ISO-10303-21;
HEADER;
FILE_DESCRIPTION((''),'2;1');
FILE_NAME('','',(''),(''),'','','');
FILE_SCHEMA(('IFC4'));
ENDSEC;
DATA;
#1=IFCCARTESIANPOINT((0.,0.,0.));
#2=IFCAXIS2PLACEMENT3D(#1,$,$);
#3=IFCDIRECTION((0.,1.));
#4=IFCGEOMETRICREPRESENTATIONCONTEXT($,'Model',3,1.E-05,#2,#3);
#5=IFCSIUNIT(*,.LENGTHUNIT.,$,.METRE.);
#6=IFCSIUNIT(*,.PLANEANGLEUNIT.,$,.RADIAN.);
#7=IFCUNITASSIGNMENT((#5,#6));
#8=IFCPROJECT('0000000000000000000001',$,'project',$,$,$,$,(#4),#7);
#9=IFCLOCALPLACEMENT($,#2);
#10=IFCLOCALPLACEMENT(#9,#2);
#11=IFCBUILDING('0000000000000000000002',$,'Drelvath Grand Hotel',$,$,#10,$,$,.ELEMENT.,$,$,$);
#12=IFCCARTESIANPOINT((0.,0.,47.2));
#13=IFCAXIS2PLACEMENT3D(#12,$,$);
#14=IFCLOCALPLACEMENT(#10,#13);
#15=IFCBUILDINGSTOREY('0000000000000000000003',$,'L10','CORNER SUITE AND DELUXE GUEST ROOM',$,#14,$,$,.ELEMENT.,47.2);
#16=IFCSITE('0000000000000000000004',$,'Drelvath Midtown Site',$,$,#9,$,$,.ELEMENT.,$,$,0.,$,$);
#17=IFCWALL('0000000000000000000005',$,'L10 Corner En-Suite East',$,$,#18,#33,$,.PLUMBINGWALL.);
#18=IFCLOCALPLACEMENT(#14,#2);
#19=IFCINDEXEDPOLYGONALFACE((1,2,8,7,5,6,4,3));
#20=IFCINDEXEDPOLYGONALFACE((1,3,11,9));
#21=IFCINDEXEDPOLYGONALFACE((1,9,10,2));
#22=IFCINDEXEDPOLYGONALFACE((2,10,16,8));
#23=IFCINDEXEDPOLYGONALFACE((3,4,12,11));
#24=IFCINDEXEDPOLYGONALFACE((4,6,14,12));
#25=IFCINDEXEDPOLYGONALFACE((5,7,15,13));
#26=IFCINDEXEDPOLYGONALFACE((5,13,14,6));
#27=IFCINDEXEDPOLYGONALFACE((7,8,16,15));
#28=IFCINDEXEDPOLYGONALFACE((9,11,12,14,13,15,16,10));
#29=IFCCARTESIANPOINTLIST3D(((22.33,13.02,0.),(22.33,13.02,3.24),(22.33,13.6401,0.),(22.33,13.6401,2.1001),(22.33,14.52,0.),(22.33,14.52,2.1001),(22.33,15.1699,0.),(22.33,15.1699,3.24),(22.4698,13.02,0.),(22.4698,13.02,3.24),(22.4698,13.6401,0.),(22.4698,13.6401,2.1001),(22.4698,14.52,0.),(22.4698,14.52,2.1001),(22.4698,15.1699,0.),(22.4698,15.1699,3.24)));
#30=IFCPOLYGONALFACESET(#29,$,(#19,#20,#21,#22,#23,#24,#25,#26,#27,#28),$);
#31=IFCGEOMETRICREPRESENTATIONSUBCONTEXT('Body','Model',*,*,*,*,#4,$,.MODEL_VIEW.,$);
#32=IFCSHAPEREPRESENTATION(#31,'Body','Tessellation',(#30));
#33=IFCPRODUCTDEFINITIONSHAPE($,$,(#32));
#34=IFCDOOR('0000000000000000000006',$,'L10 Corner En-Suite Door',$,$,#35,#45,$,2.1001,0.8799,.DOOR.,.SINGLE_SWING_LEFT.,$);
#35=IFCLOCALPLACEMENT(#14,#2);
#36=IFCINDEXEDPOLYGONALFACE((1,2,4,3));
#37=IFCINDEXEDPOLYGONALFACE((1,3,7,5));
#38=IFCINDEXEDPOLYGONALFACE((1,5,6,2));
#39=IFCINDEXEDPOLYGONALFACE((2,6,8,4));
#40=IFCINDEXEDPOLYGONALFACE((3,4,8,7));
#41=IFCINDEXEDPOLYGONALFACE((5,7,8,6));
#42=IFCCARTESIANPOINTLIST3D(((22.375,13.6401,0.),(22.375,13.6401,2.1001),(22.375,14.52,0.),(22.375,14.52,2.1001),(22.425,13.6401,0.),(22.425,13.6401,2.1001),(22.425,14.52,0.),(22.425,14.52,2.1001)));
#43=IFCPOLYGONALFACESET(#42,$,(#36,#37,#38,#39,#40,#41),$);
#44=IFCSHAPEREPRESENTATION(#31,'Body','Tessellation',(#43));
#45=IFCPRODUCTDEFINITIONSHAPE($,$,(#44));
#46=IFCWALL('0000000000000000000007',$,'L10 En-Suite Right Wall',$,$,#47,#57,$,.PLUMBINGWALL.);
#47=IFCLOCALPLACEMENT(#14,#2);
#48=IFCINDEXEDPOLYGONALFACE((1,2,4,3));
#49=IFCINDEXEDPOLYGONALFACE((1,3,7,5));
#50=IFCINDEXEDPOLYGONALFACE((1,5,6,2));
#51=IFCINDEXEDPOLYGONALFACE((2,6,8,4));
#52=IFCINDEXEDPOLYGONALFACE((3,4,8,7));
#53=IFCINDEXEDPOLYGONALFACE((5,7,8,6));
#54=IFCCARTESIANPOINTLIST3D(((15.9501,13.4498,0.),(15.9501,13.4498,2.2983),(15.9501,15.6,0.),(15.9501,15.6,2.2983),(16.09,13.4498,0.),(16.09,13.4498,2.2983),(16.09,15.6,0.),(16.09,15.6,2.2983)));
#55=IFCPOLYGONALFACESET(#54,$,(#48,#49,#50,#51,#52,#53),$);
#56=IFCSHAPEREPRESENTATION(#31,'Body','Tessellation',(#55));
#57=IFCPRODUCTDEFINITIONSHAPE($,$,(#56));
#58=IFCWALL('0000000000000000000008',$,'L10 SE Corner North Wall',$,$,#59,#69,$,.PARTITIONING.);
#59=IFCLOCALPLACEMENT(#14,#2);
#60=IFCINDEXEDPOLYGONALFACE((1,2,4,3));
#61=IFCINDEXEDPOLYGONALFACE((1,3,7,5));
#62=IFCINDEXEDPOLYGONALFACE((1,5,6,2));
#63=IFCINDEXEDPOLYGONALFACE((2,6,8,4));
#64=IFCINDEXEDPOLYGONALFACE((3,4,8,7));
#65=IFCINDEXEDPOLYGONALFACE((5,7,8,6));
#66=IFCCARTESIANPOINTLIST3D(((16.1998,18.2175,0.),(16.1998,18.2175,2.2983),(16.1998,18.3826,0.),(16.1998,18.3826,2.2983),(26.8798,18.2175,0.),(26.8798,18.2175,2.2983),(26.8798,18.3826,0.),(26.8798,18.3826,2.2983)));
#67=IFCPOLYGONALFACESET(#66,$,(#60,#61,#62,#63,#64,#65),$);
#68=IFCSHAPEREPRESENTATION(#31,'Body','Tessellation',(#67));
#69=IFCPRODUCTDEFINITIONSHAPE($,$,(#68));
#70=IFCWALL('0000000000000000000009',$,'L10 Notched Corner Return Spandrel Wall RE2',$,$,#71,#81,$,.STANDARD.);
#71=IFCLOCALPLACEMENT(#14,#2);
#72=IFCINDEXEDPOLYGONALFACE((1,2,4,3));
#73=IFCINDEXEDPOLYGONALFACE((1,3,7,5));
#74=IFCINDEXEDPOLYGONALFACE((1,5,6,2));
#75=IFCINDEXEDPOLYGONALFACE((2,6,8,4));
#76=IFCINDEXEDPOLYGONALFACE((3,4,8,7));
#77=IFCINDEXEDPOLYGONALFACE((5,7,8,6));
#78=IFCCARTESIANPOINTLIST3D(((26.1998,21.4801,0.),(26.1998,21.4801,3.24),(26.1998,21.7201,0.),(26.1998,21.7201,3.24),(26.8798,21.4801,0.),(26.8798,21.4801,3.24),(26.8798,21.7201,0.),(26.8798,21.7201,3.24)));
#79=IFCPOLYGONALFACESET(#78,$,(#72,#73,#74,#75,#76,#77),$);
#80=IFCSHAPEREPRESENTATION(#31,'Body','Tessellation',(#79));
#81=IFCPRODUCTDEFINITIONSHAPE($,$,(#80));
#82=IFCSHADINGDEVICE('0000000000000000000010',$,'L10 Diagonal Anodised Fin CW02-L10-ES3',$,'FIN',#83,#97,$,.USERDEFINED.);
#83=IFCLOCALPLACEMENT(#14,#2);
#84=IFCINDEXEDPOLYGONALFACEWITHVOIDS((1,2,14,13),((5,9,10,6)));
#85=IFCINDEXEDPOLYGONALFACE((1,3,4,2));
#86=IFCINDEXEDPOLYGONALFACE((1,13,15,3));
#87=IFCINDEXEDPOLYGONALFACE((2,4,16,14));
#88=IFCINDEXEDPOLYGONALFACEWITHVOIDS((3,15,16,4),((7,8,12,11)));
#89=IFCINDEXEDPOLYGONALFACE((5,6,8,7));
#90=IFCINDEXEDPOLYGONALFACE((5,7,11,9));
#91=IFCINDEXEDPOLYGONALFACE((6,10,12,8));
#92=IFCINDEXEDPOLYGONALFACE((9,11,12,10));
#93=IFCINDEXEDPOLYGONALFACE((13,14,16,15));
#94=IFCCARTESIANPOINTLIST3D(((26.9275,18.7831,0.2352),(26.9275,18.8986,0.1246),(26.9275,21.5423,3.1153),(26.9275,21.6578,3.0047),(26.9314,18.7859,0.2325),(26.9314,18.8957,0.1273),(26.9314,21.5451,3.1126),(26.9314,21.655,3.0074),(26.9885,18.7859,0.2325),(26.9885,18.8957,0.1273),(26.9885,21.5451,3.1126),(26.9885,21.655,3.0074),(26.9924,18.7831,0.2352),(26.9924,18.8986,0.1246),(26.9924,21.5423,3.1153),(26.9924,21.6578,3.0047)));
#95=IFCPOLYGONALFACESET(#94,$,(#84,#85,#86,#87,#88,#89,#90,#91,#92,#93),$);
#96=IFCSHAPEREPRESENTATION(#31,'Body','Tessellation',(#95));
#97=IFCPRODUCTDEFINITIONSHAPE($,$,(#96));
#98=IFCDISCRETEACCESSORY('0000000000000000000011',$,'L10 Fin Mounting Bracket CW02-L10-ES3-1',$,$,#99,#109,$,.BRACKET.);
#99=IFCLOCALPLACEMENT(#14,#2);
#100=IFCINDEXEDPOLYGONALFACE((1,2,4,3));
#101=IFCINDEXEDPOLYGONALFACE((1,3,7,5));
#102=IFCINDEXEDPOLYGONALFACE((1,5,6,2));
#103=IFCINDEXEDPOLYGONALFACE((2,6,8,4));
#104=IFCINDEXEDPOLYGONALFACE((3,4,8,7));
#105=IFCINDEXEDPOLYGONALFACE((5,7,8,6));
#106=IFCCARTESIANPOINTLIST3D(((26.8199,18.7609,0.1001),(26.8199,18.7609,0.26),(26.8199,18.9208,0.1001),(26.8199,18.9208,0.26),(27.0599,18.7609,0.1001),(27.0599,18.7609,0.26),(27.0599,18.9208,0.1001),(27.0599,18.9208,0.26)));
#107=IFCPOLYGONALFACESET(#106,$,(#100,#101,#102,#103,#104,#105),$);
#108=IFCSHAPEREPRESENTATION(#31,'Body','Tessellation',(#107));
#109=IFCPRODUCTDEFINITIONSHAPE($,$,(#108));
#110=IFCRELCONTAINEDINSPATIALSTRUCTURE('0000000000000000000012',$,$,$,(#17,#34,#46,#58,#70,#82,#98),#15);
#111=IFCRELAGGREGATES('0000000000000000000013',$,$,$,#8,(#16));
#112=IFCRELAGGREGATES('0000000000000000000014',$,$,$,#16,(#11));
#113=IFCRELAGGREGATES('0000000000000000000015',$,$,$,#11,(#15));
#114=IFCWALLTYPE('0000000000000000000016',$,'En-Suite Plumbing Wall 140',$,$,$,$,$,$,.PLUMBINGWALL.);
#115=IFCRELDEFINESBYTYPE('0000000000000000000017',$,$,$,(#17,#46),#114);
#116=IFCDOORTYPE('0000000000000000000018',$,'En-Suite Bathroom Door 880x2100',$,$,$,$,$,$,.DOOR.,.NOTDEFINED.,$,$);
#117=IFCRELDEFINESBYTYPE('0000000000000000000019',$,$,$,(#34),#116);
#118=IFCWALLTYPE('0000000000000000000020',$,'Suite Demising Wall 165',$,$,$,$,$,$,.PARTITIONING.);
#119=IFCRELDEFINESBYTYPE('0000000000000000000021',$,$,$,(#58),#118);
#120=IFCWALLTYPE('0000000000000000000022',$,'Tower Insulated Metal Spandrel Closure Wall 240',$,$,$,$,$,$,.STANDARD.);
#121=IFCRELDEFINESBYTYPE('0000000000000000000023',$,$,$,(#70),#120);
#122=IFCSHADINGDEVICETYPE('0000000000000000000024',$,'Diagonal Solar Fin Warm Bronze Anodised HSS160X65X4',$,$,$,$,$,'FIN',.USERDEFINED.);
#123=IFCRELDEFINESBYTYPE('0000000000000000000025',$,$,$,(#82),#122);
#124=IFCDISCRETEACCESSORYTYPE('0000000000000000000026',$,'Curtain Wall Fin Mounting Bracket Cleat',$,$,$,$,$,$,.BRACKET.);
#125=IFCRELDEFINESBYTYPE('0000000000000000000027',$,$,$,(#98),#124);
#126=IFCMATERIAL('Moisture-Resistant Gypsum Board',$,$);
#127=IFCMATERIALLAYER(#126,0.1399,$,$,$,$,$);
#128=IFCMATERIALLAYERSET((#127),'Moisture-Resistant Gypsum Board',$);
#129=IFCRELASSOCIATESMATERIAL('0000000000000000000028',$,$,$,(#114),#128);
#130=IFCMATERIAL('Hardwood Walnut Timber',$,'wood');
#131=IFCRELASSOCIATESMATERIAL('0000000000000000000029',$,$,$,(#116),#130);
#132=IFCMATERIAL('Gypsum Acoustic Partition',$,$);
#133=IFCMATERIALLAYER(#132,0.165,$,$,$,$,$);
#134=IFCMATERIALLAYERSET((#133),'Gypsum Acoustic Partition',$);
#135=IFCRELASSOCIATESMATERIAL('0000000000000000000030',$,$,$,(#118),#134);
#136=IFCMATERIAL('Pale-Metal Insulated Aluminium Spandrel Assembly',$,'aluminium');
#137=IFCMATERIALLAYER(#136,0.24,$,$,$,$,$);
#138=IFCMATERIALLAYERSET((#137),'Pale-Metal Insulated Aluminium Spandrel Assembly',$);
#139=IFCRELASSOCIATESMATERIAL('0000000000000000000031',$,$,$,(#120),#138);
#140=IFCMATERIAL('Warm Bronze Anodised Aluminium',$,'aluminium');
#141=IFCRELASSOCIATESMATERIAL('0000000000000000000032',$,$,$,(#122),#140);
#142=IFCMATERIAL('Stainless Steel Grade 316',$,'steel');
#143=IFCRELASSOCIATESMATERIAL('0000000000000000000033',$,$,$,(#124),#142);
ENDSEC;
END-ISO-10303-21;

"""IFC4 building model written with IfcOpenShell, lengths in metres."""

from ifc_helpers import new_model, si_unit, direction, frame, frame_2d, origin, origin_2d, place, context, subcontext, project, spatial, rectangle, hollow_rectangle, extrude, material, layer, layer_set, material_profile, profile_set, type_object, element, fill, save


model = new_model("IFC4")

# Units and contexts
model_context = context("Model", 3, precision=1e-05, world=origin(), true_north=direction((0.0, 1.0)))
body_context = subcontext(model_context, "Body", "Model", "MODEL_VIEW")
ifc_project = project(units=[si_unit("LENGTHUNIT", "METRE"), si_unit("PLANEANGLEUNIT", "RADIAN")], contexts=[model_context])

# Site, building, storey
site_placement = place(None, origin())
site = spatial("IfcSite", under=ifc_project, at=site_placement, Name="Drelvath Midtown Site", CompositionType="ELEMENT", RefElevation=0.0)
building_placement = place(site_placement, origin())
building = spatial("IfcBuilding", under=site, at=building_placement, Name="Drelvath Grand Hotel", CompositionType="ELEMENT")
storey_placement = place(building_placement, frame((0.0, 0.0, 47.2)))
storey = spatial("IfcBuildingStorey", under=building, at=storey_placement, Name="L10", Description="CORNER SUITE AND DELUXE GUEST ROOM", CompositionType="ELEMENT", Elevation=47.2)

# Shared definitions
ifc_material_1 = material(Name="Hardwood Walnut Timber", Category="wood")

# Shared definitions
ifc_material_2 = material(Name="Moisture-Resistant Gypsum Board")
ifc_layer_1 = layer(ifc_material_2, 0.1399)
ifc_layer_set_1 = layer_set([ifc_layer_1], Name="Moisture-Resistant Gypsum Board")
wall_type_1 = type_object("IfcWallType", Name="En-Suite Plumbing Wall 140", PredefinedType="PLUMBINGWALL", material=ifc_layer_set_1)

# Wall, opening, door
wall_1_placement = place(storey_placement, frame((22.3999, 13.02, 0.0), z_axis=(0.0, 0.0, 1.0), x_axis=(0.0, 1.0, 0.0)))
wall_1 = element("IfcWall", 1, at=wall_1_placement, inside=storey, type_object=wall_type_1, Name="L10 Corner En-Suite East", PredefinedType="PLUMBINGWALL", context=body_context, shape_type="SweptSolid", body=[
    extrude(rectangle(XDim=2.1499, YDim=0.1399, at=frame_2d((1.075, 0.0))), origin(), (0.0, 0.0, 1.0), 3.24),
])
opening_1_placement = place(wall_1_placement, frame((0.6201, 0.0, 0.0)))
opening_1 = element("IfcOpeningElement", 2, at=opening_1_placement, cuts=wall_1, PredefinedType="OPENING", context=body_context, shape_type="SweptSolid", body=[
    extrude(rectangle(XDim=0.8799, YDim=2.1001, at=frame_2d((0.4399, 1.05))), frame((0.0, 0.0798, 0.0), z_axis=(0.0, -1.0, 0.0), x_axis=(1.0, 0.0, 0.0)), (0.0, 0.0, 1.0), 0.1599),
])
door_type_1 = type_object("IfcDoorType", Name="En-Suite Bathroom Door 880x2100", OperationType="NOTDEFINED", PredefinedType="DOOR", material=ifc_material_1)
door_1_placement = place(opening_1_placement, origin())
door_1 = element("IfcDoor", 3, at=door_1_placement, inside=storey, type_object=door_type_1, Name="L10 Corner En-Suite Door", OperationType="SINGLE_SWING_LEFT", OverallHeight=2.1001, OverallWidth=0.8799, PredefinedType="DOOR", context=body_context, shape_type="SweptSolid", body=[
    extrude(rectangle(XDim=0.8799, YDim=2.1001, at=frame_2d((0.4399, 1.05))), frame((0.0, 0.0249, 0.0), z_axis=(0.0, -1.0, 0.0), x_axis=(1.0, 0.0, 0.0)), (0.0, 0.0, 1.0), 0.05),
])
fill(opening_1, door_1)

# Walls
wall_2_placement = place(storey_placement, frame((16.02, 15.6001, 0.0), z_axis=(0.0, 0.0, 1.0), x_axis=(0.0, -1.0, 0.0)))
element("IfcWall", 4, at=wall_2_placement, inside=storey, type_object=wall_type_1, Name="L10 En-Suite Right Wall", PredefinedType="PLUMBINGWALL", context=body_context, shape_type="SweptSolid", body=[
    extrude(rectangle(XDim=2.1501, YDim=0.1399, at=frame_2d((1.0752, 0.0))), origin(), (0.0, 0.0, 1.0), 2.2983),
])
ifc_material_3 = material(Name="Gypsum Acoustic Partition")
ifc_layer_2 = layer(ifc_material_3, 0.165)
ifc_layer_set_2 = layer_set([ifc_layer_2], Name="Gypsum Acoustic Partition")
wall_type_2 = type_object("IfcWallType", Name="Suite Demising Wall 165", PredefinedType="PARTITIONING", material=ifc_layer_set_2)
wall_3_placement = place(storey_placement, frame((16.2, 18.3, 0.0), z_axis=(0.0, 0.0, 1.0), x_axis=(1.0, 0.0, 0.0)))
element("IfcWall", 5, at=wall_3_placement, inside=storey, type_object=wall_type_2, Name="L10 SE Corner North Wall", PredefinedType="PARTITIONING", context=body_context, shape_type="SweptSolid", body=[
    extrude(rectangle(XDim=10.6799, YDim=0.165, at=frame_2d((5.3398, 0.0))), origin(), (0.0, 0.0, 1.0), 2.2983),
])
ifc_material_4 = material(Name="Pale-Metal Insulated Aluminium Spandrel Assembly", Category="aluminium")
ifc_layer_3 = layer(ifc_material_4, 0.24)
ifc_layer_set_3 = layer_set([ifc_layer_3], Name="Pale-Metal Insulated Aluminium Spandrel Assembly")
wall_type_3 = type_object("IfcWallType", Name="Tower Insulated Metal Spandrel Closure Wall 240", PredefinedType="STANDARD", material=ifc_layer_set_3)
wall_4_placement = place(storey_placement, frame((26.2, 21.6001, 0.0), z_axis=(0.0, 0.0, 1.0), x_axis=(1.0, 0.0, 0.0)))
element("IfcWall", 6, at=wall_4_placement, inside=storey, type_object=wall_type_3, Name="L10 Notched Corner Return Spandrel Wall RE2", PredefinedType="STANDARD", context=body_context, shape_type="SweptSolid", body=[
    extrude(rectangle(XDim=0.6799, YDim=0.24, at=frame_2d((0.3398, 0.0))), origin(), (0.0, 0.0, 1.0), 3.24),
])

# Shading device
ifc_material_5 = material(Name="Warm Bronze Anodised Aluminium", Category="aluminium")
ifc_material_profile_1 = material_profile(ifc_material_5, hollow_rectangle(XDim=0.0649, YDim=0.1599, WallThickness=0.0039, at=origin_2d()), Name="HSS160X65X4")
ifc_profile_set_1 = profile_set([ifc_material_profile_1], Name="Warm Bronze Anodised Aluminium")
shading_device_type = type_object("IfcShadingDeviceType", Name="Diagonal Solar Fin Warm Bronze Anodised HSS160X65X4", ElementType="FIN", PredefinedType="USERDEFINED", material=ifc_profile_set_1)
shading_device_placement = place(storey_placement, frame((26.96, 18.8408, 0.1799), z_axis=(0.0, 0.691795, 0.722094), x_axis=(-1.0, 0.0, 0.0)))
element("IfcShadingDevice", 7, at=shading_device_placement, inside=storey, type_object=shading_device_type, Name="L10 Diagonal Anodised Fin CW02-L10-ES3", ObjectType="FIN", PredefinedType="USERDEFINED", context=body_context, shape_type="SweptSolid", body=[
    extrude(hollow_rectangle(XDim=0.0649, YDim=0.1599, WallThickness=0.0039, at=origin_2d()), origin(), (0.0, 0.0, 1.0), 3.9885),
])

# Discrete accessory
ifc_material_6 = material(Name="Stainless Steel Grade 316", Category="steel")
discrete_accessory_type = type_object("IfcDiscreteAccessoryType", Name="Curtain Wall Fin Mounting Bracket Cleat", PredefinedType="BRACKET", material=ifc_material_6)
discrete_accessory_placement = place(storey_placement, frame((26.9399, 18.8408, 0.1001), z_axis=(0.0, 0.0, 1.0), x_axis=(0.0, -1.0, 0.0)))
element("IfcDiscreteAccessory", 8, at=discrete_accessory_placement, inside=storey, type_object=discrete_accessory_type, Name="L10 Fin Mounting Bracket CW02-L10-ES3-1", PredefinedType="BRACKET", context=body_context, shape_type="SweptSolid", body=[
    extrude(rectangle(XDim=0.1599, YDim=0.24, at=origin_2d()), origin(), (0.0, 0.0, 1.0), 0.1599),
])

save(model, "model.ifc")
